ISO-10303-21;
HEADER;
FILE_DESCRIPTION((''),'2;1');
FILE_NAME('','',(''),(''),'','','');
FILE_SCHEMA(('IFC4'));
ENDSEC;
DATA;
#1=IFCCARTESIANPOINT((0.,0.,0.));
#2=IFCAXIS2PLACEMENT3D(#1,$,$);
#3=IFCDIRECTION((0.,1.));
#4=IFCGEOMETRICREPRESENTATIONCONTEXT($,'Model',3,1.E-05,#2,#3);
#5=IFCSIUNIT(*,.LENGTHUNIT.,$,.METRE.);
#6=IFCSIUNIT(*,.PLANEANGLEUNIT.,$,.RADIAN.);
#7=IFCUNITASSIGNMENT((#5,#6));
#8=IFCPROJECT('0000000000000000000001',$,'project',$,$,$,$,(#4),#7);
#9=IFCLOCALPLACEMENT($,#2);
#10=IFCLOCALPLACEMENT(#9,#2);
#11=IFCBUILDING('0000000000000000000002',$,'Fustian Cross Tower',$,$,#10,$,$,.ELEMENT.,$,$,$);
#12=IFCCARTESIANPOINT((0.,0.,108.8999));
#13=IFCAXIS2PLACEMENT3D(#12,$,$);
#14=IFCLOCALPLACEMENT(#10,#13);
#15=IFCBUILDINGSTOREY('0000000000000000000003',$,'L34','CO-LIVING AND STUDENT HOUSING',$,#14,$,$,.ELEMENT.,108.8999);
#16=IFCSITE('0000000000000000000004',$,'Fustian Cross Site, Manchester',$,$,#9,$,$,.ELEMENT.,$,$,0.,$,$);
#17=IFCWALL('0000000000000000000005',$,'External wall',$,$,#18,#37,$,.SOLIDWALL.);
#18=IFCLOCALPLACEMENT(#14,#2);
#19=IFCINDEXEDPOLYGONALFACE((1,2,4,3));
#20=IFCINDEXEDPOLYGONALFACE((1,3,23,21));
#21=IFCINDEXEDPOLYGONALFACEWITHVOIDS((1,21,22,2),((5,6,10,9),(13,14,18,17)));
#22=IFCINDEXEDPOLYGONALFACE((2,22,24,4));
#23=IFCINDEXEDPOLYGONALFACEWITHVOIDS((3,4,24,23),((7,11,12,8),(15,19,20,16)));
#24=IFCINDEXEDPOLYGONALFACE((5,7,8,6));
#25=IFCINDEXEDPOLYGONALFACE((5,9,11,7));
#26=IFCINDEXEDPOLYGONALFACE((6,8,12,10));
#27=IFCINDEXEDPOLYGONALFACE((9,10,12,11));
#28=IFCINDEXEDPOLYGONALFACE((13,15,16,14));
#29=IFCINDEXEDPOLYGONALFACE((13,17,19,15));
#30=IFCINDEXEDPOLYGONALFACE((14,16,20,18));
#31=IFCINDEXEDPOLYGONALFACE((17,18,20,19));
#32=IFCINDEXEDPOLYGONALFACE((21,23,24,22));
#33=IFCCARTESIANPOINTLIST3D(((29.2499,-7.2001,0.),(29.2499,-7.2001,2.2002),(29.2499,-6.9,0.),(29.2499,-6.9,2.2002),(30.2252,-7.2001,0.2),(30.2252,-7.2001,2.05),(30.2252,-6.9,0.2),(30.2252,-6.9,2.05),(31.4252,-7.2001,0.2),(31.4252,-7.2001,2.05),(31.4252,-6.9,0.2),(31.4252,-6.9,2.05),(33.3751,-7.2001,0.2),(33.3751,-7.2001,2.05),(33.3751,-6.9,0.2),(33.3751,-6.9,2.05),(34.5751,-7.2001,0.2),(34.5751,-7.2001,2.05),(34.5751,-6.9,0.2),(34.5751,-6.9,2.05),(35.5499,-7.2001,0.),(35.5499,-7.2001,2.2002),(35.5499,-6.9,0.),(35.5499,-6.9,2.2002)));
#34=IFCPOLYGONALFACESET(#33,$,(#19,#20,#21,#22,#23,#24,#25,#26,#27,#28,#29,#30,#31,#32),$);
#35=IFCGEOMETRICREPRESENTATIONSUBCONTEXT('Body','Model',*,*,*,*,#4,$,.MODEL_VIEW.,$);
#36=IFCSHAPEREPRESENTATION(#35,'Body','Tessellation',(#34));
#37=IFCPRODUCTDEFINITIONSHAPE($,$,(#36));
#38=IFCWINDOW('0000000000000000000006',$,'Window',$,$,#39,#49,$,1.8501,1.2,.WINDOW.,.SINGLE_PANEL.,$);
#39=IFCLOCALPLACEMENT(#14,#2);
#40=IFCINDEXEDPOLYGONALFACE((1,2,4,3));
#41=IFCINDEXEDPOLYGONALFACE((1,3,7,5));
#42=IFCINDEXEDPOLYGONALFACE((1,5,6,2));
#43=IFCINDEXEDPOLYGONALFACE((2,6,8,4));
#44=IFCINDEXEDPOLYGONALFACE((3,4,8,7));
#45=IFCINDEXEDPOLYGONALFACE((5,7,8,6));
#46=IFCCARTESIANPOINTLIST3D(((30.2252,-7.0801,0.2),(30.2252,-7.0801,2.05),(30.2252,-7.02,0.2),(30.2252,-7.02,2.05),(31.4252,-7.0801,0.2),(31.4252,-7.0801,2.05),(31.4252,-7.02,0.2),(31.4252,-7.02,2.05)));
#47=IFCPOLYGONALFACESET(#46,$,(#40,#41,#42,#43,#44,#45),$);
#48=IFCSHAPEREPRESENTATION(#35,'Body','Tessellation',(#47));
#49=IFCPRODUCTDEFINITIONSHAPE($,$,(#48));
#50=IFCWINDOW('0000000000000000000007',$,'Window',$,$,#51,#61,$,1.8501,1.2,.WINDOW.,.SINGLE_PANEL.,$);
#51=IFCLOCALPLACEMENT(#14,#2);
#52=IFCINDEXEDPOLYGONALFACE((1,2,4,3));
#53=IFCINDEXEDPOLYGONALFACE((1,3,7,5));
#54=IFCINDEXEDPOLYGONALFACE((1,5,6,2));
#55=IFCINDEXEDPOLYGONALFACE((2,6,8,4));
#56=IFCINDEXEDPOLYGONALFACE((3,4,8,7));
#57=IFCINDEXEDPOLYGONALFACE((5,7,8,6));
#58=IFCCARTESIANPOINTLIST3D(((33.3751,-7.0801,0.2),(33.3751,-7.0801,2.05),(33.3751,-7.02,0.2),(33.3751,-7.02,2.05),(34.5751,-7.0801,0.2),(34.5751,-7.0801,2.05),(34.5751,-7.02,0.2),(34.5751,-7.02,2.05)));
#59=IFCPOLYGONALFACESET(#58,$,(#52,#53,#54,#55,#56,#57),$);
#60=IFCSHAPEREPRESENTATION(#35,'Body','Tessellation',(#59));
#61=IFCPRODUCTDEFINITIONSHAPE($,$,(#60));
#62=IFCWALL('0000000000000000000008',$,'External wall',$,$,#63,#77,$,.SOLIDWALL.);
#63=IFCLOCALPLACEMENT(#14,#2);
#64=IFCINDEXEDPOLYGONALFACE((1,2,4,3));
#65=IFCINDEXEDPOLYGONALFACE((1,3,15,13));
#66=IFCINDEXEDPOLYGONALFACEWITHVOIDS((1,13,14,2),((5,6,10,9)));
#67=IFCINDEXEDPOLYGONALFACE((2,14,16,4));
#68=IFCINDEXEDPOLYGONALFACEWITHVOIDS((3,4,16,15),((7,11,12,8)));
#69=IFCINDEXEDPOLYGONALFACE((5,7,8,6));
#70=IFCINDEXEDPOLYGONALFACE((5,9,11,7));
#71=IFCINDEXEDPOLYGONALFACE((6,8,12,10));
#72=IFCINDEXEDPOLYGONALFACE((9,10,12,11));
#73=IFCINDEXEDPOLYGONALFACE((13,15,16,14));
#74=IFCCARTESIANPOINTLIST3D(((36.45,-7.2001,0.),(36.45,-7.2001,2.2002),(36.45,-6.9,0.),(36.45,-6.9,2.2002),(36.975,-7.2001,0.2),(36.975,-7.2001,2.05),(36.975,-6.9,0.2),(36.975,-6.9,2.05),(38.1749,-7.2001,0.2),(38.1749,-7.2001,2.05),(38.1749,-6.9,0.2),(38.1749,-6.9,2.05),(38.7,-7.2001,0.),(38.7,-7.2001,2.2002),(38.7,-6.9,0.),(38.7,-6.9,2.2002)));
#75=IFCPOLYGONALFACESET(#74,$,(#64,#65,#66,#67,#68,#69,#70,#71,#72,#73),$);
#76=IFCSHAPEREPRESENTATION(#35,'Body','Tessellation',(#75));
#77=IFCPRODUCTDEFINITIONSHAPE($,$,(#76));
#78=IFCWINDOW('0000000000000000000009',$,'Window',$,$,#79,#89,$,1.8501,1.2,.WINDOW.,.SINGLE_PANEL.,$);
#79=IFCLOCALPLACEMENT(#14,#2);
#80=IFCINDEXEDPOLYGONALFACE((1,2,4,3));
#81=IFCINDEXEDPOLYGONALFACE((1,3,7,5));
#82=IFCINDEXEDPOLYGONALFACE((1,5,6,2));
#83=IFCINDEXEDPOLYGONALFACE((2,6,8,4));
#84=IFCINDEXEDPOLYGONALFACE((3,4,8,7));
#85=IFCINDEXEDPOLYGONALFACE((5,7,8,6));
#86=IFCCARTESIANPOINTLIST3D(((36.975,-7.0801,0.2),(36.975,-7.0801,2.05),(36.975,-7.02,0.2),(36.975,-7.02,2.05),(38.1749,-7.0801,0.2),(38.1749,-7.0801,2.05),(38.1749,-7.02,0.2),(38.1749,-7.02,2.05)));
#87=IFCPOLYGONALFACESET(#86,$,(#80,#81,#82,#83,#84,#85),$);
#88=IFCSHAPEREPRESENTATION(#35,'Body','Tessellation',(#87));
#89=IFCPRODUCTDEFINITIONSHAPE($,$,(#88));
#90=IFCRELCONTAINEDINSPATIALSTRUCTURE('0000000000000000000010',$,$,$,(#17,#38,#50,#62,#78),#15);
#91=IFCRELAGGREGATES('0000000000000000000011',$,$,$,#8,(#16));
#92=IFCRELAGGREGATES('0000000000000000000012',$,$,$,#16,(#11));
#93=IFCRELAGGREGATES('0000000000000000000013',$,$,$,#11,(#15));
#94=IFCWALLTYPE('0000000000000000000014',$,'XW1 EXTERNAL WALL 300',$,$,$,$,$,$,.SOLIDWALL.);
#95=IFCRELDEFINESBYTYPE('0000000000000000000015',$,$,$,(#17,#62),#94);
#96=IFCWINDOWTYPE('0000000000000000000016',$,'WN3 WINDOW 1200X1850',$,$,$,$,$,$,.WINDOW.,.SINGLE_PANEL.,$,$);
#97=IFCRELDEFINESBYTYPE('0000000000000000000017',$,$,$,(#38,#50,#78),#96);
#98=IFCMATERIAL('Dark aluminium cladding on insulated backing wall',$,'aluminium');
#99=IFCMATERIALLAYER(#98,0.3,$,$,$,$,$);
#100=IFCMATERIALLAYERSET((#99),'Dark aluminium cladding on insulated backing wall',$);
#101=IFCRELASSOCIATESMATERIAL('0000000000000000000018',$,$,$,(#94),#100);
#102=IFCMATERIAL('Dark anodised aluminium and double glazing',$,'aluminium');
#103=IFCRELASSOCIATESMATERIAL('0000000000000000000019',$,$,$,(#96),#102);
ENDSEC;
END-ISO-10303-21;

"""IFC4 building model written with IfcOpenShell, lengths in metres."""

from ifc_helpers import new_model, si_unit, direction, frame, frame_2d, origin, place, context, subcontext, project, spatial, rectangle, extrude, material, layer, layer_set, type_object, element, fill, save


model = new_model("IFC4")

# Units and contexts
model_context = context("Model", 3, precision=1e-05, world=origin(), true_north=direction((0.0, 1.0)))
body_context = subcontext(model_context, "Body", "Model", "MODEL_VIEW")
ifc_project = project(units=[si_unit("LENGTHUNIT", "METRE"), si_unit("PLANEANGLEUNIT", "RADIAN")], contexts=[model_context])

# Site, building, storey
site_placement = place(None, origin())
site = spatial("IfcSite", under=ifc_project, at=site_placement, Name="Fustian Cross Site, Manchester", CompositionType="ELEMENT", RefElevation=0.0)
building_placement = place(site_placement, origin())
building = spatial("IfcBuilding", under=site, at=building_placement, Name="Fustian Cross Tower", CompositionType="ELEMENT")
storey_placement = place(building_placement, frame((0.0, 0.0, 108.8999)))
storey = spatial("IfcBuildingStorey", under=building, at=storey_placement, Name="L34", Description="CO-LIVING AND STUDENT HOUSING", CompositionType="ELEMENT", Elevation=108.8999)

# Shared definitions
ifc_material_1 = material(Name="Dark aluminium cladding on insulated backing wall", Category="aluminium")
ifc_layer_1 = layer(ifc_material_1, 0.3)
ifc_layer_set_1 = layer_set([ifc_layer_1], Name="Dark aluminium cladding on insulated backing wall")
wall_type_1 = type_object("IfcWallType", Name="XW1 EXTERNAL WALL 300", PredefinedType="SOLIDWALL", material=ifc_layer_set_1)
ifc_material_2 = material(Name="Dark anodised aluminium and double glazing", Category="aluminium")
window_type = type_object("IfcWindowType", Name="WN3 WINDOW 1200X1850", PartitioningType="SINGLE_PANEL", PredefinedType="WINDOW", material=ifc_material_2)

# Wall, openings, windows
wall_1_placement = place(storey_placement, frame((29.25, -7.05, 0.0), z_axis=(0.0, 0.0, 1.0), x_axis=(1.0, 0.0, 0.0)))
wall_1 = element("IfcWall", 1, at=wall_1_placement, inside=storey, type_object=wall_type_1, Name="External wall", PredefinedType="SOLIDWALL", context=body_context, shape_type="SweptSolid", body=[
    extrude(rectangle(XDim=6.3, YDim=0.3, at=frame_2d((3.1499, 0.0))), origin(), (0.0, 0.0, 1.0), 2.2002),
])
opening_1_placement = place(wall_1_placement, frame((0.9751, 0.0, 0.2)))
opening_1 = element("IfcOpeningElement", 2, at=opening_1_placement, cuts=wall_1, PredefinedType="OPENING", context=body_context, shape_type="SweptSolid", body=[
    extrude(rectangle(XDim=1.2, YDim=1.8501, at=frame_2d((0.6001, 0.925))), frame((0.0, 0.1599, 0.0), z_axis=(0.0, -1.0, 0.0), x_axis=(1.0, 0.0, 0.0)), (0.0, 0.0, 1.0), 0.3201),
])
opening_2_placement = place(wall_1_placement, frame((4.125, 0.0, 0.2)))
opening_2 = element("IfcOpeningElement", 3, at=opening_2_placement, cuts=wall_1, PredefinedType="OPENING", context=body_context, shape_type="SweptSolid", body=[
    extrude(rectangle(XDim=1.2, YDim=1.8501, at=frame_2d((0.6001, 0.925))), frame((0.0, 0.1599, 0.0), z_axis=(0.0, -1.0, 0.0), x_axis=(1.0, 0.0, 0.0)), (0.0, 0.0, 1.0), 0.3201),
])
window_1_placement = place(opening_1_placement, origin())
window_1 = element("IfcWindow", 4, at=window_1_placement, inside=storey, type_object=window_type, Name="Window", OverallHeight=1.8501, OverallWidth=1.2, PartitioningType="SINGLE_PANEL", PredefinedType="WINDOW", context=body_context, shape_type="SweptSolid", body=[
    extrude(rectangle(XDim=1.2, YDim=1.8501, at=frame_2d((0.6001, 0.925))), frame((0.0, 0.03, 0.0), z_axis=(0.0, -1.0, 0.0), x_axis=(1.0, 0.0, 0.0)), (0.0, 0.0, 1.0), 0.0601),
])
fill(opening_1, window_1)
window_2_placement = place(opening_2_placement, origin())
window_2 = element("IfcWindow", 5, at=window_2_placement, inside=storey, type_object=window_type, Name="Window", OverallHeight=1.8501, OverallWidth=1.2, PartitioningType="SINGLE_PANEL", PredefinedType="WINDOW", context=body_context, shape_type="SweptSolid", body=[
    extrude(rectangle(XDim=1.2, YDim=1.8501, at=frame_2d((0.6001, 0.925))), frame((0.0, 0.03, 0.0), z_axis=(0.0, -1.0, 0.0), x_axis=(1.0, 0.0, 0.0)), (0.0, 0.0, 1.0), 0.0601),
])
fill(opening_2, window_2)

# Wall, opening, window
wall_2_placement = place(storey_placement, frame((36.45, -7.05, 0.0), z_axis=(0.0, 0.0, 1.0), x_axis=(1.0, 0.0, 0.0)))
wall_2 = element("IfcWall", 6, at=wall_2_placement, inside=storey, type_object=wall_type_1, Name="External wall", PredefinedType="SOLIDWALL", context=body_context, shape_type="SweptSolid", body=[
    extrude(rectangle(XDim=2.25, YDim=0.3, at=frame_2d((1.125, 0.0))), origin(), (0.0, 0.0, 1.0), 2.2002),
])
opening_3_placement = place(wall_2_placement, frame((0.5249, 0.0, 0.2)))
opening_3 = element("IfcOpeningElement", 7, at=opening_3_placement, cuts=wall_2, PredefinedType="OPENING", context=body_context, shape_type="SweptSolid", body=[
    extrude(rectangle(XDim=1.2, YDim=1.8501, at=frame_2d((0.6001, 0.925))), frame((0.0, 0.1599, 0.0), z_axis=(0.0, -1.0, 0.0), x_axis=(1.0, 0.0, 0.0)), (0.0, 0.0, 1.0), 0.3201),
])
window_3_placement = place(opening_3_placement, origin())
window_3 = element("IfcWindow", 8, at=window_3_placement, inside=storey, type_object=window_type, Name="Window", OverallHeight=1.8501, OverallWidth=1.2, PartitioningType="SINGLE_PANEL", PredefinedType="WINDOW", context=body_context, shape_type="SweptSolid", body=[
    extrude(rectangle(XDim=1.2, YDim=1.8501, at=frame_2d((0.6001, 0.925))), frame((0.0, 0.03, 0.0), z_axis=(0.0, -1.0, 0.0), x_axis=(1.0, 0.0, 0.0)), (0.0, 0.0, 1.0), 0.0601),
])
fill(opening_3, window_3)

save(model, "model.ifc")
